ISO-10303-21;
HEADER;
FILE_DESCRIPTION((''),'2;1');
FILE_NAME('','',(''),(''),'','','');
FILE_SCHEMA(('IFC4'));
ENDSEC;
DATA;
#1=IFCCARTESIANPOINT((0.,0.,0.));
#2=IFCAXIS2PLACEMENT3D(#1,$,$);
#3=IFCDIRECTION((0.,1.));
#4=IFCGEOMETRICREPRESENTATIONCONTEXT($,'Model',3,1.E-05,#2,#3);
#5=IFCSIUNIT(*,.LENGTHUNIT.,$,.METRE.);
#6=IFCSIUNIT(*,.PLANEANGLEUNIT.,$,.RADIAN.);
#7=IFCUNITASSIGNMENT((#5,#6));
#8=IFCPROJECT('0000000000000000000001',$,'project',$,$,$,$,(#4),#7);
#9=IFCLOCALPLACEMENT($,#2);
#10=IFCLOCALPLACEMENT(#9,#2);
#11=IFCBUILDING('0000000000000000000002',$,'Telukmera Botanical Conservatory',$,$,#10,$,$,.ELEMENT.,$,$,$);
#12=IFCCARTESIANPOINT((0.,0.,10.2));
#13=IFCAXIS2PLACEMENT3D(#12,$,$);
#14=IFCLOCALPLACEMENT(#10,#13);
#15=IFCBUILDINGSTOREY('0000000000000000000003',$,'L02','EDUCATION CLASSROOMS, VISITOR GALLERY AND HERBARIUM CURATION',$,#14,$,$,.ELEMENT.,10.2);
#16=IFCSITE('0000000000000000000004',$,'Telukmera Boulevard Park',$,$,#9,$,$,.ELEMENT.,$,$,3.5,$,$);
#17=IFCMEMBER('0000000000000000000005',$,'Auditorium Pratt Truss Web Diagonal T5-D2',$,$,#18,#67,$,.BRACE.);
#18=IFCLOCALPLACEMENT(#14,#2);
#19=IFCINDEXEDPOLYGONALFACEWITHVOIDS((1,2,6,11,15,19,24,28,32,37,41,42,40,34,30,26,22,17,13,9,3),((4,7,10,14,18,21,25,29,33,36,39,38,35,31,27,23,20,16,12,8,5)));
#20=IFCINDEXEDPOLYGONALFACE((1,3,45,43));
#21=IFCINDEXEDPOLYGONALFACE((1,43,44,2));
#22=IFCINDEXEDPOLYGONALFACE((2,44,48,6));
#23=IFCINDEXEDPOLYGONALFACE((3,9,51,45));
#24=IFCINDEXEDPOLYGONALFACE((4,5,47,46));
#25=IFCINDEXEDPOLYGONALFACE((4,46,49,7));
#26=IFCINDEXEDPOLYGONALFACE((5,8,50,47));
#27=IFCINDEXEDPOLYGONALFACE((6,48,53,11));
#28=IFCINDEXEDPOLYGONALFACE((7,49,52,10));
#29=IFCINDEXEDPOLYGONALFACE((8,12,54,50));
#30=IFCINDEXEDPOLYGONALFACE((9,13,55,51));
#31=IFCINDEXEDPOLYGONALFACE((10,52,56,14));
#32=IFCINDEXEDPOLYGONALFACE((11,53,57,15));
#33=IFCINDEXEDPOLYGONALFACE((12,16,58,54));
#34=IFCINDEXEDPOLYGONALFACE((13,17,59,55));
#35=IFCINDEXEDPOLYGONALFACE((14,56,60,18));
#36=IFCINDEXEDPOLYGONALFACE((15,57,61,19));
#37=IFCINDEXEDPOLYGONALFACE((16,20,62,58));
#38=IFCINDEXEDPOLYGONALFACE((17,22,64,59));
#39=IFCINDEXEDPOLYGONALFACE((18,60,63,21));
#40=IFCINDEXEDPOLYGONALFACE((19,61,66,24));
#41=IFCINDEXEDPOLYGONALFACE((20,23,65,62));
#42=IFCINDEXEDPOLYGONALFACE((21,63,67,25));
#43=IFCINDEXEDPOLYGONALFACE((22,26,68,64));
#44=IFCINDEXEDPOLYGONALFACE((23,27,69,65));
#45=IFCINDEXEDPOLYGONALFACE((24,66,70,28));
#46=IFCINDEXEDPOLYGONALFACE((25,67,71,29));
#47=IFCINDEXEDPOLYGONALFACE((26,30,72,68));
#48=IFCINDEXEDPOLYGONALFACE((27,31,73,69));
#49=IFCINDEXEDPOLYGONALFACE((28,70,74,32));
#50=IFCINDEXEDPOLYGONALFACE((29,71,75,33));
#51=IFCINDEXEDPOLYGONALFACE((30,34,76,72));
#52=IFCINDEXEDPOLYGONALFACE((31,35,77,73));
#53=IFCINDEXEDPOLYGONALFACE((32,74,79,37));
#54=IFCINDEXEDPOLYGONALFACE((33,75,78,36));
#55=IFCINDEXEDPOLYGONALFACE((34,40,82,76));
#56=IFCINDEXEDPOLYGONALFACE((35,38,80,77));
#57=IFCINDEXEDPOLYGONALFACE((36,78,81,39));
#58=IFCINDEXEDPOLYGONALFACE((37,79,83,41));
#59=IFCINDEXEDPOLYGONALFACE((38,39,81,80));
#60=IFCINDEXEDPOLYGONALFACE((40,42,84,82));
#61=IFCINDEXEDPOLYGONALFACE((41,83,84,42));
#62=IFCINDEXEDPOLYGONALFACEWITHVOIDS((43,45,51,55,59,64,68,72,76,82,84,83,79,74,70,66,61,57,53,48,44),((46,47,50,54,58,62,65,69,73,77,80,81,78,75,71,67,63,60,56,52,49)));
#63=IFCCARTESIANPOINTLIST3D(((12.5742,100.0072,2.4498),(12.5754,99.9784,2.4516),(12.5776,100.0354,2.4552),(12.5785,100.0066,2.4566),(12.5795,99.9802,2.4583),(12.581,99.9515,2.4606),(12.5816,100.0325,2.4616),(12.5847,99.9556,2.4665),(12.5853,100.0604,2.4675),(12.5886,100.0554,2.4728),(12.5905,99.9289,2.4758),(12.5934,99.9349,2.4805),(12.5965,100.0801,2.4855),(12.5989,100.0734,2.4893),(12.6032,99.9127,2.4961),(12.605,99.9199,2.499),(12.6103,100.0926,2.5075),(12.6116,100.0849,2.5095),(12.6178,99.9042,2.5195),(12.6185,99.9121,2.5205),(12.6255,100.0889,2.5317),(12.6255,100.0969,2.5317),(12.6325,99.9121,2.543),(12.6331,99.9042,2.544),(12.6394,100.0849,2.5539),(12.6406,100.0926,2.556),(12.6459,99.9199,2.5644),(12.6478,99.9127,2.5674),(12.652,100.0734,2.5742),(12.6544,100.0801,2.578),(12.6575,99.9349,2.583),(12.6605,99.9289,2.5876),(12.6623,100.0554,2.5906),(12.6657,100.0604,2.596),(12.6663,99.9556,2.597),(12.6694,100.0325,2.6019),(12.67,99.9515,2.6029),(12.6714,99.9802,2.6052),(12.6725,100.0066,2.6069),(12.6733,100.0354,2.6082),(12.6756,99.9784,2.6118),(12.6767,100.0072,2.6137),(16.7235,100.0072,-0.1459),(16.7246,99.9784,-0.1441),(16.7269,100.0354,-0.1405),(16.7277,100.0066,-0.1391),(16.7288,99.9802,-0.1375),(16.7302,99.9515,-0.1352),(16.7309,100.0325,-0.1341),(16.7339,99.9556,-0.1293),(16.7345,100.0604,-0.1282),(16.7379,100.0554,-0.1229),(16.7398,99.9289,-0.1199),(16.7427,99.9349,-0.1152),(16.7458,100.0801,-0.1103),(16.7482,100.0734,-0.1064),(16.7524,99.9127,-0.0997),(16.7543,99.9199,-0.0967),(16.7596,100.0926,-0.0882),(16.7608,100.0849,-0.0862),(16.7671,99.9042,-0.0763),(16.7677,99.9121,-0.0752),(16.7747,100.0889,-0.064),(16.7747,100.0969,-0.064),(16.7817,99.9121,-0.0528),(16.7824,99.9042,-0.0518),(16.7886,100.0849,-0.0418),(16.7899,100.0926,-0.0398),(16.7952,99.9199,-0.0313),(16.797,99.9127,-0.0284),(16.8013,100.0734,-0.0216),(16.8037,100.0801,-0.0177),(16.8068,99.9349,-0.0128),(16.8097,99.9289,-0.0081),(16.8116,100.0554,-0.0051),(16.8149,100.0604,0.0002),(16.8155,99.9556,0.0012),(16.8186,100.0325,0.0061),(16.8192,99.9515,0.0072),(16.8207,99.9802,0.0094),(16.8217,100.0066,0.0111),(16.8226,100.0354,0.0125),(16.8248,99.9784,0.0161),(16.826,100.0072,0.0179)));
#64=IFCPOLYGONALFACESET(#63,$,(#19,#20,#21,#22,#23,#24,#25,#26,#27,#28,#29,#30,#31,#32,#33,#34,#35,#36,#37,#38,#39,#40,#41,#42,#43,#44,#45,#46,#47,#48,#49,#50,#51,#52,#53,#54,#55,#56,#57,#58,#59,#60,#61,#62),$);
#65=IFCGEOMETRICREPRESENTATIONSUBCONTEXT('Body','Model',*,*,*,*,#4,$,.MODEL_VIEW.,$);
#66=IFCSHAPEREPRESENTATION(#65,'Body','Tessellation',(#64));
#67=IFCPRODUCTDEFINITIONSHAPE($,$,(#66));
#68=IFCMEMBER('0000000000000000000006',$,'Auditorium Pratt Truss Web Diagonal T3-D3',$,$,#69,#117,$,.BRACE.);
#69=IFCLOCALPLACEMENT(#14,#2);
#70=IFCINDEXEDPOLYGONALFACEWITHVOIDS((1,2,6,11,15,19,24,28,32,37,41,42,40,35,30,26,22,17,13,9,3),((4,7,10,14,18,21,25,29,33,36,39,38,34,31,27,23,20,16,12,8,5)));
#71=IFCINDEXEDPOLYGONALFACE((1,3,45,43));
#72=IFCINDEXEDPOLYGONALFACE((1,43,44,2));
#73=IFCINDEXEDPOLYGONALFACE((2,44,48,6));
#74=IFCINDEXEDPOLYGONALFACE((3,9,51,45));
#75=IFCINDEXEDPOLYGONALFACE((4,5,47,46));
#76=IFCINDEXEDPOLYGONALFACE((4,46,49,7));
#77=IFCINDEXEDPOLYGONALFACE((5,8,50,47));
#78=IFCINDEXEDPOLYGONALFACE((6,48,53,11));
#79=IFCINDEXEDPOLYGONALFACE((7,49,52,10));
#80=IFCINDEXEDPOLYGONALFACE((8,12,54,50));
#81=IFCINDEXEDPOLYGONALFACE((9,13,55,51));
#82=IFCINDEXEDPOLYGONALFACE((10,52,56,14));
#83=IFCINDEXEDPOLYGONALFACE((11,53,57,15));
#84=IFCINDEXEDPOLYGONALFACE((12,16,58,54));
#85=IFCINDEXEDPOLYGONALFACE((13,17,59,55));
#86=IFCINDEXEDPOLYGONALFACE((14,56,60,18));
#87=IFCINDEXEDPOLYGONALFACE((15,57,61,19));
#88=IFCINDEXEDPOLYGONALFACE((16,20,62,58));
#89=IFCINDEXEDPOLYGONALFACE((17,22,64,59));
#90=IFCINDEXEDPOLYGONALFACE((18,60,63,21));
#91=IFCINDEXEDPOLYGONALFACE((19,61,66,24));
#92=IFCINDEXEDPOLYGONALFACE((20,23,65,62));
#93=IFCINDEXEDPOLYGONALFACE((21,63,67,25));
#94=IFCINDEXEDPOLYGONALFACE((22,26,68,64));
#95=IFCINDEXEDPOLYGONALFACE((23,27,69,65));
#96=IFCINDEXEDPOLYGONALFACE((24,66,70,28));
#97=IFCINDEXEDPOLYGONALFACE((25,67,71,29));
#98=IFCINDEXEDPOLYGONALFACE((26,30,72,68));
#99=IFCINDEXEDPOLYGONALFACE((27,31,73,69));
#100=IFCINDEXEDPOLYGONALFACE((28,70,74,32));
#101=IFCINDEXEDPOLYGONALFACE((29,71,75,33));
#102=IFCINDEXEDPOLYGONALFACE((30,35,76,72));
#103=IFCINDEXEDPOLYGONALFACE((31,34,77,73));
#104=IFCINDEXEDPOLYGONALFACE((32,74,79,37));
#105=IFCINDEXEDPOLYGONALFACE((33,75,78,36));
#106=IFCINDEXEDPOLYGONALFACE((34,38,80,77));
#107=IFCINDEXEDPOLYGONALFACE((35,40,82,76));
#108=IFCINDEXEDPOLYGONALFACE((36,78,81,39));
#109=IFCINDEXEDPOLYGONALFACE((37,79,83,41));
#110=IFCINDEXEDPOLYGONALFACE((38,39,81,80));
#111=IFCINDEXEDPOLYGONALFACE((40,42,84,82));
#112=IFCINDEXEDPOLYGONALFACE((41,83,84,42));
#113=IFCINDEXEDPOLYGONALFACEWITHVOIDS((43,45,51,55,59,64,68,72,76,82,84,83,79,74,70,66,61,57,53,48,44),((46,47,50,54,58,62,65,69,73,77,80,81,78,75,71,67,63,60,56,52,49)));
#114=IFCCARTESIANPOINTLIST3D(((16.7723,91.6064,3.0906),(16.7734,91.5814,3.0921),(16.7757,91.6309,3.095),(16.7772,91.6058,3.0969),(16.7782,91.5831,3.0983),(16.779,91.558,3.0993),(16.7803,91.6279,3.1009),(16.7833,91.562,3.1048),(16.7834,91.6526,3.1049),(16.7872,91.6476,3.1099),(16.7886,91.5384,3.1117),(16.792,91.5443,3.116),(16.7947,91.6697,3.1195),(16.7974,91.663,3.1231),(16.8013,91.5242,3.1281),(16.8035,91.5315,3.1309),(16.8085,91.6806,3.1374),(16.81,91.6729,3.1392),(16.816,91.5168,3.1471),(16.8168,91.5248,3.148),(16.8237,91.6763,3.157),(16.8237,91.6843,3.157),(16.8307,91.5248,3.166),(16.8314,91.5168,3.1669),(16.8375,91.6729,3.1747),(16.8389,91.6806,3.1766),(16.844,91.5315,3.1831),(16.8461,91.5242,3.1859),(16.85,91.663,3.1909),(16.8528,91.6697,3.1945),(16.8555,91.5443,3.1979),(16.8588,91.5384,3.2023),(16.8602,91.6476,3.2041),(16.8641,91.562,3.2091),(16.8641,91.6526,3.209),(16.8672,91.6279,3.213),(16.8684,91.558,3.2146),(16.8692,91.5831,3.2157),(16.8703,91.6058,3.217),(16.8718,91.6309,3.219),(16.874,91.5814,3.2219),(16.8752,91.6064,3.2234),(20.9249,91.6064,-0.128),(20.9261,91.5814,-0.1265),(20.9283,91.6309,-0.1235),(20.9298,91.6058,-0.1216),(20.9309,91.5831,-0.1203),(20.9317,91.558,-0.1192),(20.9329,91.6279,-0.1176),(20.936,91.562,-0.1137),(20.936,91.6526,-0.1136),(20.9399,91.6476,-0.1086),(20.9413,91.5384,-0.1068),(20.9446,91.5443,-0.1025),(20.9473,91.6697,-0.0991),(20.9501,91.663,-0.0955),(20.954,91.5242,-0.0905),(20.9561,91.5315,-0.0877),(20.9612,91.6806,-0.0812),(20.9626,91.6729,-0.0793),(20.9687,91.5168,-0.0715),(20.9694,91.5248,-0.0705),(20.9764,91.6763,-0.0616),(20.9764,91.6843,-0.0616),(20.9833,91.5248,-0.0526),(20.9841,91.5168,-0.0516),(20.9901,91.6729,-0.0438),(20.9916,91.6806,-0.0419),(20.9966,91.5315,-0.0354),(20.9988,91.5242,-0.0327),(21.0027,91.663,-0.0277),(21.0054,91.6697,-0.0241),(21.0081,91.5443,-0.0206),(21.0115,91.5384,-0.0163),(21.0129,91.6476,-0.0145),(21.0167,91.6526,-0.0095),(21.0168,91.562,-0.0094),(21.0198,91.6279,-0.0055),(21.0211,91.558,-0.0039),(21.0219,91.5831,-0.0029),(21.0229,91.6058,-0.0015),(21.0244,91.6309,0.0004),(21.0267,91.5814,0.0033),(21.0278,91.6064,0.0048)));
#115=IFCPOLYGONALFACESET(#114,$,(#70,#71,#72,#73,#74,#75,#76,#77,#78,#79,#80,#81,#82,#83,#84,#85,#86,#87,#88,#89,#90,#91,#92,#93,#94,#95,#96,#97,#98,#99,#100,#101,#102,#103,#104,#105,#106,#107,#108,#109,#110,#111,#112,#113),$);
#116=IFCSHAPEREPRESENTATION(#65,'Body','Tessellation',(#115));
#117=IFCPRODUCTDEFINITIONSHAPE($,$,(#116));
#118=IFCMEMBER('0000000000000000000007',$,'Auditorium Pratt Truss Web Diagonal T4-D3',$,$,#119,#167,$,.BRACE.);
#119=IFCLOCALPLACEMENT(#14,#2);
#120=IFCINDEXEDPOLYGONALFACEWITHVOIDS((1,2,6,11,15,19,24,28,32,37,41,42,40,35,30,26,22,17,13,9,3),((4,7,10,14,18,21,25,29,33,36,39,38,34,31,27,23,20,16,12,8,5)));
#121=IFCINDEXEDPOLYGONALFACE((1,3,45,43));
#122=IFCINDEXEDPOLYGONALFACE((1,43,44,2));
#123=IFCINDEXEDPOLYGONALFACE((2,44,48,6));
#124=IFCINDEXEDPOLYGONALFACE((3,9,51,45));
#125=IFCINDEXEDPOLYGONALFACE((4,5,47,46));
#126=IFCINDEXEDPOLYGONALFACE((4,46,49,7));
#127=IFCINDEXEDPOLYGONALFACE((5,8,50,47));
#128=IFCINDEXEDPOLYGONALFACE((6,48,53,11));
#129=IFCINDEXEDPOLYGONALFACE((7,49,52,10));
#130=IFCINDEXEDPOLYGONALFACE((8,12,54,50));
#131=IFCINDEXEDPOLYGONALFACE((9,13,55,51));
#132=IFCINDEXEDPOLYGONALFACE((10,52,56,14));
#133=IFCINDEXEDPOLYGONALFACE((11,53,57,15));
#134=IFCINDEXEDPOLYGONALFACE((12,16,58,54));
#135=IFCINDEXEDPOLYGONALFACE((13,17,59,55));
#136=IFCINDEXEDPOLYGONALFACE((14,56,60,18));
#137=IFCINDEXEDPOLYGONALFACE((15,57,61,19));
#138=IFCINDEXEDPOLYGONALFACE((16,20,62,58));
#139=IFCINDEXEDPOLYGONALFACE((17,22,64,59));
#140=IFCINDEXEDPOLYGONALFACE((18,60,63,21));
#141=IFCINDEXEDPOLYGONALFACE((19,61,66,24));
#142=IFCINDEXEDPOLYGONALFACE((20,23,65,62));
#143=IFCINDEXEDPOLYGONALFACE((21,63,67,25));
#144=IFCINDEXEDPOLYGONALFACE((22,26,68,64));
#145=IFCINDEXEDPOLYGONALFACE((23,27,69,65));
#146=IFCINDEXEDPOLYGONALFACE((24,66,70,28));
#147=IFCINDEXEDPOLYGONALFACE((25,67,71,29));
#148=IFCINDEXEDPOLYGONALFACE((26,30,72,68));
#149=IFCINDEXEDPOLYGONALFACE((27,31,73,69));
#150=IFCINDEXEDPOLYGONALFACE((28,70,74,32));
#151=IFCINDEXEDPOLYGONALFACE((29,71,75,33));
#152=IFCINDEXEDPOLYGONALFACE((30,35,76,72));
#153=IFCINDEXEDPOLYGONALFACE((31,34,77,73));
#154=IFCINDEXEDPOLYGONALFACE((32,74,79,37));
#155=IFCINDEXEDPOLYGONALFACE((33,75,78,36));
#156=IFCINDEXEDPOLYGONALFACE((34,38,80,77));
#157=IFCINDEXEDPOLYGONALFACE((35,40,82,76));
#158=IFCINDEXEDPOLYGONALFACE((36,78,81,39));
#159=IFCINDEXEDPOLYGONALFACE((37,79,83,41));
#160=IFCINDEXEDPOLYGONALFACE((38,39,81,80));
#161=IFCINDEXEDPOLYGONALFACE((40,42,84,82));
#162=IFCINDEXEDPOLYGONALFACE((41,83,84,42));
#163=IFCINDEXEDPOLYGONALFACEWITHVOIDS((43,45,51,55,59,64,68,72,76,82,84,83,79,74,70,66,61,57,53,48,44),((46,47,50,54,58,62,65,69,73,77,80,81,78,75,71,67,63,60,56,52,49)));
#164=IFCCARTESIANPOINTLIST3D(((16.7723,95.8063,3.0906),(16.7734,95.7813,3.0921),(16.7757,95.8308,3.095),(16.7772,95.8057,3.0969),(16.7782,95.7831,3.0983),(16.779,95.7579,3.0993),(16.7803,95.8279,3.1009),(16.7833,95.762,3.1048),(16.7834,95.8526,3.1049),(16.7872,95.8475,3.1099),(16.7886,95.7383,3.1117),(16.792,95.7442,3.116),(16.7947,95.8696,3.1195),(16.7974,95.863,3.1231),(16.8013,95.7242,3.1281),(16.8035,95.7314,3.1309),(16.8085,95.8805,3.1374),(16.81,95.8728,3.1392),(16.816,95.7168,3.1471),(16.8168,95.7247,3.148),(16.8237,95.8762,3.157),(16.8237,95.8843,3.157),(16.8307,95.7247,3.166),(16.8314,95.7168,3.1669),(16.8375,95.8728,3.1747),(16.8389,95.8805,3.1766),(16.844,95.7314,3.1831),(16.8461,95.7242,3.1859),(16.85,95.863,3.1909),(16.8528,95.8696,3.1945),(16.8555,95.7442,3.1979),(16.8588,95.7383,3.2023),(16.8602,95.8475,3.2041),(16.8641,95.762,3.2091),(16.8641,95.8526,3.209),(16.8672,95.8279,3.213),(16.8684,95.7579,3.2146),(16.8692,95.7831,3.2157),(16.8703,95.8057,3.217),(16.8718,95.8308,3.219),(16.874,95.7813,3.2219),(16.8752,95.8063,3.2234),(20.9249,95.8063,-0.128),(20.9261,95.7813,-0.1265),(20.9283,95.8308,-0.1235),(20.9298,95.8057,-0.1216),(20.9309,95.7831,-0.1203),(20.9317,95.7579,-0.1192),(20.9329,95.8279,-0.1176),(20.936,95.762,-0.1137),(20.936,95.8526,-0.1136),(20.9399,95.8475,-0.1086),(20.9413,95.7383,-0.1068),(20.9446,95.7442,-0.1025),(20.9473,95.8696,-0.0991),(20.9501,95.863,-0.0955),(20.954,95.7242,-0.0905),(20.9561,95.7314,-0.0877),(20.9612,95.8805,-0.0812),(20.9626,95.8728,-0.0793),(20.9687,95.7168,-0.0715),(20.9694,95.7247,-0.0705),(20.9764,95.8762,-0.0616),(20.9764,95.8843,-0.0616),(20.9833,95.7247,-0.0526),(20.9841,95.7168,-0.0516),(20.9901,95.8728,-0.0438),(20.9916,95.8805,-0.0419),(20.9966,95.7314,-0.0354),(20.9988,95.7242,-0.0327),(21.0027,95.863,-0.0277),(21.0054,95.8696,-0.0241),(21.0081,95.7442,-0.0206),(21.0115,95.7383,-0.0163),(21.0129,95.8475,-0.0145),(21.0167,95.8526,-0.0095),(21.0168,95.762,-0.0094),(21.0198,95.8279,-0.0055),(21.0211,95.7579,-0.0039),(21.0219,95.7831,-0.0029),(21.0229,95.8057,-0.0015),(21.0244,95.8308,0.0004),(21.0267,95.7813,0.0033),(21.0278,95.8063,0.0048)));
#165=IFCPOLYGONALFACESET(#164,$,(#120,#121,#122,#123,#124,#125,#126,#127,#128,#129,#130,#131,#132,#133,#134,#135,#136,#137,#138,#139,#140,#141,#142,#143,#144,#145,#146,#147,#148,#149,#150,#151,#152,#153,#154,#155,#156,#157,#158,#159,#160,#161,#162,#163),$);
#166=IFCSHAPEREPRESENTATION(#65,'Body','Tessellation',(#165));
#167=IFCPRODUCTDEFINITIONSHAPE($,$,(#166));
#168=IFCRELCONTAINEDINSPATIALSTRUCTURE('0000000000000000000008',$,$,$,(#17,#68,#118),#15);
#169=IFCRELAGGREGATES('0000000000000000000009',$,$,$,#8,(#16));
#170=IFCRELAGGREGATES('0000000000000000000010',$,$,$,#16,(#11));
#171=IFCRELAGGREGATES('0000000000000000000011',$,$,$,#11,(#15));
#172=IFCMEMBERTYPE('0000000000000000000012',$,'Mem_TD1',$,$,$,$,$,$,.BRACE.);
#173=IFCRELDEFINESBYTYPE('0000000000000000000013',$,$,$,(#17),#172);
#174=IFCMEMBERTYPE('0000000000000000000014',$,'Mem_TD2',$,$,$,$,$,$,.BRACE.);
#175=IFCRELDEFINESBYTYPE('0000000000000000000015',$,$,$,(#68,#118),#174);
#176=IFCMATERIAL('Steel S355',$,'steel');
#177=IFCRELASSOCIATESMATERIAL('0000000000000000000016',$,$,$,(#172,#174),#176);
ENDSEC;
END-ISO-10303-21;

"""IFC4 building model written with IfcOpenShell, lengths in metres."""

from ifc_helpers import new_model, si_unit, direction, frame, origin, origin_2d, place, context, subcontext, project, spatial, hollow_circle, extrude, material, material_profile, profile_set, type_object, element, save


model = new_model("IFC4")

# Units and contexts
model_context = context("Model", 3, precision=1e-05, world=origin(), true_north=direction((0.0, 1.0)))
body_context = subcontext(model_context, "Body", "Model", "MODEL_VIEW")
ifc_project = project(units=[si_unit("LENGTHUNIT", "METRE"), si_unit("PLANEANGLEUNIT", "RADIAN")], contexts=[model_context])

# Site, building, storey
site_placement = place(None, origin())
site = spatial("IfcSite", under=ifc_project, at=site_placement, Name="Telukmera Boulevard Park", CompositionType="ELEMENT", RefElevation=3.5)
building_placement = place(site_placement, origin())
building = spatial("IfcBuilding", under=site, at=building_placement, Name="Telukmera Botanical Conservatory", CompositionType="ELEMENT")
storey_placement = place(building_placement, frame((0.0, 0.0, 10.2)))
storey = spatial("IfcBuildingStorey", under=building, at=storey_placement, Name="L02", Description="EDUCATION CLASSROOMS, VISITOR GALLERY AND HERBARIUM CURATION", CompositionType="ELEMENT", Elevation=10.2)

# Members
ifc_material = material(Name="Steel S355", Category="steel")
ifc_material_profile_1 = material_profile(ifc_material, hollow_circle(Radius=0.0969, WallThickness=0.0081, at=origin_2d()), Name="CHS 193.7x8.0")
ifc_profile_set_1 = profile_set([ifc_material_profile_1], Name="Steel S355")
member_type_1 = type_object("IfcMemberType", Name="Mem_TD1", PredefinedType="BRACE", material=ifc_profile_set_1)
for number, where, z_axis, x_axis, name in (
    (1, (12.6255, 100.0, 2.5317), (0.847771, 0.0, -0.530362), (0.0, 1.0, 0.0), "Auditorium Pratt Truss Web Diagonal T5-D2"),
):
    element("IfcMember", number, at=place(storey_placement, frame(where, z_axis=z_axis, x_axis=x_axis)), inside=storey, type_object=member_type_1, Name=name, PredefinedType="BRACE", context=body_context, shape_type="SweptSolid", body=[
        extrude(hollow_circle(Radius=0.0969, WallThickness=0.0081, at=origin_2d()), origin(), (0.0, 0.0, 1.0), 4.8943),
    ])
ifc_material_profile_2 = material_profile(ifc_material, hollow_circle(Radius=0.0842, WallThickness=0.0081, at=origin_2d()), Name="CHS 168.3x8.0")
ifc_profile_set_2 = profile_set([ifc_material_profile_2], Name="Steel S355")
member_type_2 = type_object("IfcMemberType", Name="Mem_TD2", PredefinedType="BRACE", material=ifc_profile_set_2)
for number, where, z_axis, x_axis, name in (
    (2, (16.8237, 91.6001, 3.157), (0.790392, 0.0, -0.612601), (0.0, 1.0, 0.0), "Auditorium Pratt Truss Web Diagonal T3-D3"),
    (3, (16.8237, 95.8, 3.157), (0.790392, 0.0, -0.612601), (0.0, 1.0, 0.0), "Auditorium Pratt Truss Web Diagonal T4-D3"),
):
    element("IfcMember", number, at=place(storey_placement, frame(where, z_axis=z_axis, x_axis=x_axis)), inside=storey, type_object=member_type_2, Name=name, PredefinedType="BRACE", context=body_context, shape_type="SweptSolid", body=[
        extrude(hollow_circle(Radius=0.0842, WallThickness=0.0081, at=origin_2d()), origin(), (0.0, 0.0, 1.0), 5.2539),
    ])

save(model, "model.ifc")
